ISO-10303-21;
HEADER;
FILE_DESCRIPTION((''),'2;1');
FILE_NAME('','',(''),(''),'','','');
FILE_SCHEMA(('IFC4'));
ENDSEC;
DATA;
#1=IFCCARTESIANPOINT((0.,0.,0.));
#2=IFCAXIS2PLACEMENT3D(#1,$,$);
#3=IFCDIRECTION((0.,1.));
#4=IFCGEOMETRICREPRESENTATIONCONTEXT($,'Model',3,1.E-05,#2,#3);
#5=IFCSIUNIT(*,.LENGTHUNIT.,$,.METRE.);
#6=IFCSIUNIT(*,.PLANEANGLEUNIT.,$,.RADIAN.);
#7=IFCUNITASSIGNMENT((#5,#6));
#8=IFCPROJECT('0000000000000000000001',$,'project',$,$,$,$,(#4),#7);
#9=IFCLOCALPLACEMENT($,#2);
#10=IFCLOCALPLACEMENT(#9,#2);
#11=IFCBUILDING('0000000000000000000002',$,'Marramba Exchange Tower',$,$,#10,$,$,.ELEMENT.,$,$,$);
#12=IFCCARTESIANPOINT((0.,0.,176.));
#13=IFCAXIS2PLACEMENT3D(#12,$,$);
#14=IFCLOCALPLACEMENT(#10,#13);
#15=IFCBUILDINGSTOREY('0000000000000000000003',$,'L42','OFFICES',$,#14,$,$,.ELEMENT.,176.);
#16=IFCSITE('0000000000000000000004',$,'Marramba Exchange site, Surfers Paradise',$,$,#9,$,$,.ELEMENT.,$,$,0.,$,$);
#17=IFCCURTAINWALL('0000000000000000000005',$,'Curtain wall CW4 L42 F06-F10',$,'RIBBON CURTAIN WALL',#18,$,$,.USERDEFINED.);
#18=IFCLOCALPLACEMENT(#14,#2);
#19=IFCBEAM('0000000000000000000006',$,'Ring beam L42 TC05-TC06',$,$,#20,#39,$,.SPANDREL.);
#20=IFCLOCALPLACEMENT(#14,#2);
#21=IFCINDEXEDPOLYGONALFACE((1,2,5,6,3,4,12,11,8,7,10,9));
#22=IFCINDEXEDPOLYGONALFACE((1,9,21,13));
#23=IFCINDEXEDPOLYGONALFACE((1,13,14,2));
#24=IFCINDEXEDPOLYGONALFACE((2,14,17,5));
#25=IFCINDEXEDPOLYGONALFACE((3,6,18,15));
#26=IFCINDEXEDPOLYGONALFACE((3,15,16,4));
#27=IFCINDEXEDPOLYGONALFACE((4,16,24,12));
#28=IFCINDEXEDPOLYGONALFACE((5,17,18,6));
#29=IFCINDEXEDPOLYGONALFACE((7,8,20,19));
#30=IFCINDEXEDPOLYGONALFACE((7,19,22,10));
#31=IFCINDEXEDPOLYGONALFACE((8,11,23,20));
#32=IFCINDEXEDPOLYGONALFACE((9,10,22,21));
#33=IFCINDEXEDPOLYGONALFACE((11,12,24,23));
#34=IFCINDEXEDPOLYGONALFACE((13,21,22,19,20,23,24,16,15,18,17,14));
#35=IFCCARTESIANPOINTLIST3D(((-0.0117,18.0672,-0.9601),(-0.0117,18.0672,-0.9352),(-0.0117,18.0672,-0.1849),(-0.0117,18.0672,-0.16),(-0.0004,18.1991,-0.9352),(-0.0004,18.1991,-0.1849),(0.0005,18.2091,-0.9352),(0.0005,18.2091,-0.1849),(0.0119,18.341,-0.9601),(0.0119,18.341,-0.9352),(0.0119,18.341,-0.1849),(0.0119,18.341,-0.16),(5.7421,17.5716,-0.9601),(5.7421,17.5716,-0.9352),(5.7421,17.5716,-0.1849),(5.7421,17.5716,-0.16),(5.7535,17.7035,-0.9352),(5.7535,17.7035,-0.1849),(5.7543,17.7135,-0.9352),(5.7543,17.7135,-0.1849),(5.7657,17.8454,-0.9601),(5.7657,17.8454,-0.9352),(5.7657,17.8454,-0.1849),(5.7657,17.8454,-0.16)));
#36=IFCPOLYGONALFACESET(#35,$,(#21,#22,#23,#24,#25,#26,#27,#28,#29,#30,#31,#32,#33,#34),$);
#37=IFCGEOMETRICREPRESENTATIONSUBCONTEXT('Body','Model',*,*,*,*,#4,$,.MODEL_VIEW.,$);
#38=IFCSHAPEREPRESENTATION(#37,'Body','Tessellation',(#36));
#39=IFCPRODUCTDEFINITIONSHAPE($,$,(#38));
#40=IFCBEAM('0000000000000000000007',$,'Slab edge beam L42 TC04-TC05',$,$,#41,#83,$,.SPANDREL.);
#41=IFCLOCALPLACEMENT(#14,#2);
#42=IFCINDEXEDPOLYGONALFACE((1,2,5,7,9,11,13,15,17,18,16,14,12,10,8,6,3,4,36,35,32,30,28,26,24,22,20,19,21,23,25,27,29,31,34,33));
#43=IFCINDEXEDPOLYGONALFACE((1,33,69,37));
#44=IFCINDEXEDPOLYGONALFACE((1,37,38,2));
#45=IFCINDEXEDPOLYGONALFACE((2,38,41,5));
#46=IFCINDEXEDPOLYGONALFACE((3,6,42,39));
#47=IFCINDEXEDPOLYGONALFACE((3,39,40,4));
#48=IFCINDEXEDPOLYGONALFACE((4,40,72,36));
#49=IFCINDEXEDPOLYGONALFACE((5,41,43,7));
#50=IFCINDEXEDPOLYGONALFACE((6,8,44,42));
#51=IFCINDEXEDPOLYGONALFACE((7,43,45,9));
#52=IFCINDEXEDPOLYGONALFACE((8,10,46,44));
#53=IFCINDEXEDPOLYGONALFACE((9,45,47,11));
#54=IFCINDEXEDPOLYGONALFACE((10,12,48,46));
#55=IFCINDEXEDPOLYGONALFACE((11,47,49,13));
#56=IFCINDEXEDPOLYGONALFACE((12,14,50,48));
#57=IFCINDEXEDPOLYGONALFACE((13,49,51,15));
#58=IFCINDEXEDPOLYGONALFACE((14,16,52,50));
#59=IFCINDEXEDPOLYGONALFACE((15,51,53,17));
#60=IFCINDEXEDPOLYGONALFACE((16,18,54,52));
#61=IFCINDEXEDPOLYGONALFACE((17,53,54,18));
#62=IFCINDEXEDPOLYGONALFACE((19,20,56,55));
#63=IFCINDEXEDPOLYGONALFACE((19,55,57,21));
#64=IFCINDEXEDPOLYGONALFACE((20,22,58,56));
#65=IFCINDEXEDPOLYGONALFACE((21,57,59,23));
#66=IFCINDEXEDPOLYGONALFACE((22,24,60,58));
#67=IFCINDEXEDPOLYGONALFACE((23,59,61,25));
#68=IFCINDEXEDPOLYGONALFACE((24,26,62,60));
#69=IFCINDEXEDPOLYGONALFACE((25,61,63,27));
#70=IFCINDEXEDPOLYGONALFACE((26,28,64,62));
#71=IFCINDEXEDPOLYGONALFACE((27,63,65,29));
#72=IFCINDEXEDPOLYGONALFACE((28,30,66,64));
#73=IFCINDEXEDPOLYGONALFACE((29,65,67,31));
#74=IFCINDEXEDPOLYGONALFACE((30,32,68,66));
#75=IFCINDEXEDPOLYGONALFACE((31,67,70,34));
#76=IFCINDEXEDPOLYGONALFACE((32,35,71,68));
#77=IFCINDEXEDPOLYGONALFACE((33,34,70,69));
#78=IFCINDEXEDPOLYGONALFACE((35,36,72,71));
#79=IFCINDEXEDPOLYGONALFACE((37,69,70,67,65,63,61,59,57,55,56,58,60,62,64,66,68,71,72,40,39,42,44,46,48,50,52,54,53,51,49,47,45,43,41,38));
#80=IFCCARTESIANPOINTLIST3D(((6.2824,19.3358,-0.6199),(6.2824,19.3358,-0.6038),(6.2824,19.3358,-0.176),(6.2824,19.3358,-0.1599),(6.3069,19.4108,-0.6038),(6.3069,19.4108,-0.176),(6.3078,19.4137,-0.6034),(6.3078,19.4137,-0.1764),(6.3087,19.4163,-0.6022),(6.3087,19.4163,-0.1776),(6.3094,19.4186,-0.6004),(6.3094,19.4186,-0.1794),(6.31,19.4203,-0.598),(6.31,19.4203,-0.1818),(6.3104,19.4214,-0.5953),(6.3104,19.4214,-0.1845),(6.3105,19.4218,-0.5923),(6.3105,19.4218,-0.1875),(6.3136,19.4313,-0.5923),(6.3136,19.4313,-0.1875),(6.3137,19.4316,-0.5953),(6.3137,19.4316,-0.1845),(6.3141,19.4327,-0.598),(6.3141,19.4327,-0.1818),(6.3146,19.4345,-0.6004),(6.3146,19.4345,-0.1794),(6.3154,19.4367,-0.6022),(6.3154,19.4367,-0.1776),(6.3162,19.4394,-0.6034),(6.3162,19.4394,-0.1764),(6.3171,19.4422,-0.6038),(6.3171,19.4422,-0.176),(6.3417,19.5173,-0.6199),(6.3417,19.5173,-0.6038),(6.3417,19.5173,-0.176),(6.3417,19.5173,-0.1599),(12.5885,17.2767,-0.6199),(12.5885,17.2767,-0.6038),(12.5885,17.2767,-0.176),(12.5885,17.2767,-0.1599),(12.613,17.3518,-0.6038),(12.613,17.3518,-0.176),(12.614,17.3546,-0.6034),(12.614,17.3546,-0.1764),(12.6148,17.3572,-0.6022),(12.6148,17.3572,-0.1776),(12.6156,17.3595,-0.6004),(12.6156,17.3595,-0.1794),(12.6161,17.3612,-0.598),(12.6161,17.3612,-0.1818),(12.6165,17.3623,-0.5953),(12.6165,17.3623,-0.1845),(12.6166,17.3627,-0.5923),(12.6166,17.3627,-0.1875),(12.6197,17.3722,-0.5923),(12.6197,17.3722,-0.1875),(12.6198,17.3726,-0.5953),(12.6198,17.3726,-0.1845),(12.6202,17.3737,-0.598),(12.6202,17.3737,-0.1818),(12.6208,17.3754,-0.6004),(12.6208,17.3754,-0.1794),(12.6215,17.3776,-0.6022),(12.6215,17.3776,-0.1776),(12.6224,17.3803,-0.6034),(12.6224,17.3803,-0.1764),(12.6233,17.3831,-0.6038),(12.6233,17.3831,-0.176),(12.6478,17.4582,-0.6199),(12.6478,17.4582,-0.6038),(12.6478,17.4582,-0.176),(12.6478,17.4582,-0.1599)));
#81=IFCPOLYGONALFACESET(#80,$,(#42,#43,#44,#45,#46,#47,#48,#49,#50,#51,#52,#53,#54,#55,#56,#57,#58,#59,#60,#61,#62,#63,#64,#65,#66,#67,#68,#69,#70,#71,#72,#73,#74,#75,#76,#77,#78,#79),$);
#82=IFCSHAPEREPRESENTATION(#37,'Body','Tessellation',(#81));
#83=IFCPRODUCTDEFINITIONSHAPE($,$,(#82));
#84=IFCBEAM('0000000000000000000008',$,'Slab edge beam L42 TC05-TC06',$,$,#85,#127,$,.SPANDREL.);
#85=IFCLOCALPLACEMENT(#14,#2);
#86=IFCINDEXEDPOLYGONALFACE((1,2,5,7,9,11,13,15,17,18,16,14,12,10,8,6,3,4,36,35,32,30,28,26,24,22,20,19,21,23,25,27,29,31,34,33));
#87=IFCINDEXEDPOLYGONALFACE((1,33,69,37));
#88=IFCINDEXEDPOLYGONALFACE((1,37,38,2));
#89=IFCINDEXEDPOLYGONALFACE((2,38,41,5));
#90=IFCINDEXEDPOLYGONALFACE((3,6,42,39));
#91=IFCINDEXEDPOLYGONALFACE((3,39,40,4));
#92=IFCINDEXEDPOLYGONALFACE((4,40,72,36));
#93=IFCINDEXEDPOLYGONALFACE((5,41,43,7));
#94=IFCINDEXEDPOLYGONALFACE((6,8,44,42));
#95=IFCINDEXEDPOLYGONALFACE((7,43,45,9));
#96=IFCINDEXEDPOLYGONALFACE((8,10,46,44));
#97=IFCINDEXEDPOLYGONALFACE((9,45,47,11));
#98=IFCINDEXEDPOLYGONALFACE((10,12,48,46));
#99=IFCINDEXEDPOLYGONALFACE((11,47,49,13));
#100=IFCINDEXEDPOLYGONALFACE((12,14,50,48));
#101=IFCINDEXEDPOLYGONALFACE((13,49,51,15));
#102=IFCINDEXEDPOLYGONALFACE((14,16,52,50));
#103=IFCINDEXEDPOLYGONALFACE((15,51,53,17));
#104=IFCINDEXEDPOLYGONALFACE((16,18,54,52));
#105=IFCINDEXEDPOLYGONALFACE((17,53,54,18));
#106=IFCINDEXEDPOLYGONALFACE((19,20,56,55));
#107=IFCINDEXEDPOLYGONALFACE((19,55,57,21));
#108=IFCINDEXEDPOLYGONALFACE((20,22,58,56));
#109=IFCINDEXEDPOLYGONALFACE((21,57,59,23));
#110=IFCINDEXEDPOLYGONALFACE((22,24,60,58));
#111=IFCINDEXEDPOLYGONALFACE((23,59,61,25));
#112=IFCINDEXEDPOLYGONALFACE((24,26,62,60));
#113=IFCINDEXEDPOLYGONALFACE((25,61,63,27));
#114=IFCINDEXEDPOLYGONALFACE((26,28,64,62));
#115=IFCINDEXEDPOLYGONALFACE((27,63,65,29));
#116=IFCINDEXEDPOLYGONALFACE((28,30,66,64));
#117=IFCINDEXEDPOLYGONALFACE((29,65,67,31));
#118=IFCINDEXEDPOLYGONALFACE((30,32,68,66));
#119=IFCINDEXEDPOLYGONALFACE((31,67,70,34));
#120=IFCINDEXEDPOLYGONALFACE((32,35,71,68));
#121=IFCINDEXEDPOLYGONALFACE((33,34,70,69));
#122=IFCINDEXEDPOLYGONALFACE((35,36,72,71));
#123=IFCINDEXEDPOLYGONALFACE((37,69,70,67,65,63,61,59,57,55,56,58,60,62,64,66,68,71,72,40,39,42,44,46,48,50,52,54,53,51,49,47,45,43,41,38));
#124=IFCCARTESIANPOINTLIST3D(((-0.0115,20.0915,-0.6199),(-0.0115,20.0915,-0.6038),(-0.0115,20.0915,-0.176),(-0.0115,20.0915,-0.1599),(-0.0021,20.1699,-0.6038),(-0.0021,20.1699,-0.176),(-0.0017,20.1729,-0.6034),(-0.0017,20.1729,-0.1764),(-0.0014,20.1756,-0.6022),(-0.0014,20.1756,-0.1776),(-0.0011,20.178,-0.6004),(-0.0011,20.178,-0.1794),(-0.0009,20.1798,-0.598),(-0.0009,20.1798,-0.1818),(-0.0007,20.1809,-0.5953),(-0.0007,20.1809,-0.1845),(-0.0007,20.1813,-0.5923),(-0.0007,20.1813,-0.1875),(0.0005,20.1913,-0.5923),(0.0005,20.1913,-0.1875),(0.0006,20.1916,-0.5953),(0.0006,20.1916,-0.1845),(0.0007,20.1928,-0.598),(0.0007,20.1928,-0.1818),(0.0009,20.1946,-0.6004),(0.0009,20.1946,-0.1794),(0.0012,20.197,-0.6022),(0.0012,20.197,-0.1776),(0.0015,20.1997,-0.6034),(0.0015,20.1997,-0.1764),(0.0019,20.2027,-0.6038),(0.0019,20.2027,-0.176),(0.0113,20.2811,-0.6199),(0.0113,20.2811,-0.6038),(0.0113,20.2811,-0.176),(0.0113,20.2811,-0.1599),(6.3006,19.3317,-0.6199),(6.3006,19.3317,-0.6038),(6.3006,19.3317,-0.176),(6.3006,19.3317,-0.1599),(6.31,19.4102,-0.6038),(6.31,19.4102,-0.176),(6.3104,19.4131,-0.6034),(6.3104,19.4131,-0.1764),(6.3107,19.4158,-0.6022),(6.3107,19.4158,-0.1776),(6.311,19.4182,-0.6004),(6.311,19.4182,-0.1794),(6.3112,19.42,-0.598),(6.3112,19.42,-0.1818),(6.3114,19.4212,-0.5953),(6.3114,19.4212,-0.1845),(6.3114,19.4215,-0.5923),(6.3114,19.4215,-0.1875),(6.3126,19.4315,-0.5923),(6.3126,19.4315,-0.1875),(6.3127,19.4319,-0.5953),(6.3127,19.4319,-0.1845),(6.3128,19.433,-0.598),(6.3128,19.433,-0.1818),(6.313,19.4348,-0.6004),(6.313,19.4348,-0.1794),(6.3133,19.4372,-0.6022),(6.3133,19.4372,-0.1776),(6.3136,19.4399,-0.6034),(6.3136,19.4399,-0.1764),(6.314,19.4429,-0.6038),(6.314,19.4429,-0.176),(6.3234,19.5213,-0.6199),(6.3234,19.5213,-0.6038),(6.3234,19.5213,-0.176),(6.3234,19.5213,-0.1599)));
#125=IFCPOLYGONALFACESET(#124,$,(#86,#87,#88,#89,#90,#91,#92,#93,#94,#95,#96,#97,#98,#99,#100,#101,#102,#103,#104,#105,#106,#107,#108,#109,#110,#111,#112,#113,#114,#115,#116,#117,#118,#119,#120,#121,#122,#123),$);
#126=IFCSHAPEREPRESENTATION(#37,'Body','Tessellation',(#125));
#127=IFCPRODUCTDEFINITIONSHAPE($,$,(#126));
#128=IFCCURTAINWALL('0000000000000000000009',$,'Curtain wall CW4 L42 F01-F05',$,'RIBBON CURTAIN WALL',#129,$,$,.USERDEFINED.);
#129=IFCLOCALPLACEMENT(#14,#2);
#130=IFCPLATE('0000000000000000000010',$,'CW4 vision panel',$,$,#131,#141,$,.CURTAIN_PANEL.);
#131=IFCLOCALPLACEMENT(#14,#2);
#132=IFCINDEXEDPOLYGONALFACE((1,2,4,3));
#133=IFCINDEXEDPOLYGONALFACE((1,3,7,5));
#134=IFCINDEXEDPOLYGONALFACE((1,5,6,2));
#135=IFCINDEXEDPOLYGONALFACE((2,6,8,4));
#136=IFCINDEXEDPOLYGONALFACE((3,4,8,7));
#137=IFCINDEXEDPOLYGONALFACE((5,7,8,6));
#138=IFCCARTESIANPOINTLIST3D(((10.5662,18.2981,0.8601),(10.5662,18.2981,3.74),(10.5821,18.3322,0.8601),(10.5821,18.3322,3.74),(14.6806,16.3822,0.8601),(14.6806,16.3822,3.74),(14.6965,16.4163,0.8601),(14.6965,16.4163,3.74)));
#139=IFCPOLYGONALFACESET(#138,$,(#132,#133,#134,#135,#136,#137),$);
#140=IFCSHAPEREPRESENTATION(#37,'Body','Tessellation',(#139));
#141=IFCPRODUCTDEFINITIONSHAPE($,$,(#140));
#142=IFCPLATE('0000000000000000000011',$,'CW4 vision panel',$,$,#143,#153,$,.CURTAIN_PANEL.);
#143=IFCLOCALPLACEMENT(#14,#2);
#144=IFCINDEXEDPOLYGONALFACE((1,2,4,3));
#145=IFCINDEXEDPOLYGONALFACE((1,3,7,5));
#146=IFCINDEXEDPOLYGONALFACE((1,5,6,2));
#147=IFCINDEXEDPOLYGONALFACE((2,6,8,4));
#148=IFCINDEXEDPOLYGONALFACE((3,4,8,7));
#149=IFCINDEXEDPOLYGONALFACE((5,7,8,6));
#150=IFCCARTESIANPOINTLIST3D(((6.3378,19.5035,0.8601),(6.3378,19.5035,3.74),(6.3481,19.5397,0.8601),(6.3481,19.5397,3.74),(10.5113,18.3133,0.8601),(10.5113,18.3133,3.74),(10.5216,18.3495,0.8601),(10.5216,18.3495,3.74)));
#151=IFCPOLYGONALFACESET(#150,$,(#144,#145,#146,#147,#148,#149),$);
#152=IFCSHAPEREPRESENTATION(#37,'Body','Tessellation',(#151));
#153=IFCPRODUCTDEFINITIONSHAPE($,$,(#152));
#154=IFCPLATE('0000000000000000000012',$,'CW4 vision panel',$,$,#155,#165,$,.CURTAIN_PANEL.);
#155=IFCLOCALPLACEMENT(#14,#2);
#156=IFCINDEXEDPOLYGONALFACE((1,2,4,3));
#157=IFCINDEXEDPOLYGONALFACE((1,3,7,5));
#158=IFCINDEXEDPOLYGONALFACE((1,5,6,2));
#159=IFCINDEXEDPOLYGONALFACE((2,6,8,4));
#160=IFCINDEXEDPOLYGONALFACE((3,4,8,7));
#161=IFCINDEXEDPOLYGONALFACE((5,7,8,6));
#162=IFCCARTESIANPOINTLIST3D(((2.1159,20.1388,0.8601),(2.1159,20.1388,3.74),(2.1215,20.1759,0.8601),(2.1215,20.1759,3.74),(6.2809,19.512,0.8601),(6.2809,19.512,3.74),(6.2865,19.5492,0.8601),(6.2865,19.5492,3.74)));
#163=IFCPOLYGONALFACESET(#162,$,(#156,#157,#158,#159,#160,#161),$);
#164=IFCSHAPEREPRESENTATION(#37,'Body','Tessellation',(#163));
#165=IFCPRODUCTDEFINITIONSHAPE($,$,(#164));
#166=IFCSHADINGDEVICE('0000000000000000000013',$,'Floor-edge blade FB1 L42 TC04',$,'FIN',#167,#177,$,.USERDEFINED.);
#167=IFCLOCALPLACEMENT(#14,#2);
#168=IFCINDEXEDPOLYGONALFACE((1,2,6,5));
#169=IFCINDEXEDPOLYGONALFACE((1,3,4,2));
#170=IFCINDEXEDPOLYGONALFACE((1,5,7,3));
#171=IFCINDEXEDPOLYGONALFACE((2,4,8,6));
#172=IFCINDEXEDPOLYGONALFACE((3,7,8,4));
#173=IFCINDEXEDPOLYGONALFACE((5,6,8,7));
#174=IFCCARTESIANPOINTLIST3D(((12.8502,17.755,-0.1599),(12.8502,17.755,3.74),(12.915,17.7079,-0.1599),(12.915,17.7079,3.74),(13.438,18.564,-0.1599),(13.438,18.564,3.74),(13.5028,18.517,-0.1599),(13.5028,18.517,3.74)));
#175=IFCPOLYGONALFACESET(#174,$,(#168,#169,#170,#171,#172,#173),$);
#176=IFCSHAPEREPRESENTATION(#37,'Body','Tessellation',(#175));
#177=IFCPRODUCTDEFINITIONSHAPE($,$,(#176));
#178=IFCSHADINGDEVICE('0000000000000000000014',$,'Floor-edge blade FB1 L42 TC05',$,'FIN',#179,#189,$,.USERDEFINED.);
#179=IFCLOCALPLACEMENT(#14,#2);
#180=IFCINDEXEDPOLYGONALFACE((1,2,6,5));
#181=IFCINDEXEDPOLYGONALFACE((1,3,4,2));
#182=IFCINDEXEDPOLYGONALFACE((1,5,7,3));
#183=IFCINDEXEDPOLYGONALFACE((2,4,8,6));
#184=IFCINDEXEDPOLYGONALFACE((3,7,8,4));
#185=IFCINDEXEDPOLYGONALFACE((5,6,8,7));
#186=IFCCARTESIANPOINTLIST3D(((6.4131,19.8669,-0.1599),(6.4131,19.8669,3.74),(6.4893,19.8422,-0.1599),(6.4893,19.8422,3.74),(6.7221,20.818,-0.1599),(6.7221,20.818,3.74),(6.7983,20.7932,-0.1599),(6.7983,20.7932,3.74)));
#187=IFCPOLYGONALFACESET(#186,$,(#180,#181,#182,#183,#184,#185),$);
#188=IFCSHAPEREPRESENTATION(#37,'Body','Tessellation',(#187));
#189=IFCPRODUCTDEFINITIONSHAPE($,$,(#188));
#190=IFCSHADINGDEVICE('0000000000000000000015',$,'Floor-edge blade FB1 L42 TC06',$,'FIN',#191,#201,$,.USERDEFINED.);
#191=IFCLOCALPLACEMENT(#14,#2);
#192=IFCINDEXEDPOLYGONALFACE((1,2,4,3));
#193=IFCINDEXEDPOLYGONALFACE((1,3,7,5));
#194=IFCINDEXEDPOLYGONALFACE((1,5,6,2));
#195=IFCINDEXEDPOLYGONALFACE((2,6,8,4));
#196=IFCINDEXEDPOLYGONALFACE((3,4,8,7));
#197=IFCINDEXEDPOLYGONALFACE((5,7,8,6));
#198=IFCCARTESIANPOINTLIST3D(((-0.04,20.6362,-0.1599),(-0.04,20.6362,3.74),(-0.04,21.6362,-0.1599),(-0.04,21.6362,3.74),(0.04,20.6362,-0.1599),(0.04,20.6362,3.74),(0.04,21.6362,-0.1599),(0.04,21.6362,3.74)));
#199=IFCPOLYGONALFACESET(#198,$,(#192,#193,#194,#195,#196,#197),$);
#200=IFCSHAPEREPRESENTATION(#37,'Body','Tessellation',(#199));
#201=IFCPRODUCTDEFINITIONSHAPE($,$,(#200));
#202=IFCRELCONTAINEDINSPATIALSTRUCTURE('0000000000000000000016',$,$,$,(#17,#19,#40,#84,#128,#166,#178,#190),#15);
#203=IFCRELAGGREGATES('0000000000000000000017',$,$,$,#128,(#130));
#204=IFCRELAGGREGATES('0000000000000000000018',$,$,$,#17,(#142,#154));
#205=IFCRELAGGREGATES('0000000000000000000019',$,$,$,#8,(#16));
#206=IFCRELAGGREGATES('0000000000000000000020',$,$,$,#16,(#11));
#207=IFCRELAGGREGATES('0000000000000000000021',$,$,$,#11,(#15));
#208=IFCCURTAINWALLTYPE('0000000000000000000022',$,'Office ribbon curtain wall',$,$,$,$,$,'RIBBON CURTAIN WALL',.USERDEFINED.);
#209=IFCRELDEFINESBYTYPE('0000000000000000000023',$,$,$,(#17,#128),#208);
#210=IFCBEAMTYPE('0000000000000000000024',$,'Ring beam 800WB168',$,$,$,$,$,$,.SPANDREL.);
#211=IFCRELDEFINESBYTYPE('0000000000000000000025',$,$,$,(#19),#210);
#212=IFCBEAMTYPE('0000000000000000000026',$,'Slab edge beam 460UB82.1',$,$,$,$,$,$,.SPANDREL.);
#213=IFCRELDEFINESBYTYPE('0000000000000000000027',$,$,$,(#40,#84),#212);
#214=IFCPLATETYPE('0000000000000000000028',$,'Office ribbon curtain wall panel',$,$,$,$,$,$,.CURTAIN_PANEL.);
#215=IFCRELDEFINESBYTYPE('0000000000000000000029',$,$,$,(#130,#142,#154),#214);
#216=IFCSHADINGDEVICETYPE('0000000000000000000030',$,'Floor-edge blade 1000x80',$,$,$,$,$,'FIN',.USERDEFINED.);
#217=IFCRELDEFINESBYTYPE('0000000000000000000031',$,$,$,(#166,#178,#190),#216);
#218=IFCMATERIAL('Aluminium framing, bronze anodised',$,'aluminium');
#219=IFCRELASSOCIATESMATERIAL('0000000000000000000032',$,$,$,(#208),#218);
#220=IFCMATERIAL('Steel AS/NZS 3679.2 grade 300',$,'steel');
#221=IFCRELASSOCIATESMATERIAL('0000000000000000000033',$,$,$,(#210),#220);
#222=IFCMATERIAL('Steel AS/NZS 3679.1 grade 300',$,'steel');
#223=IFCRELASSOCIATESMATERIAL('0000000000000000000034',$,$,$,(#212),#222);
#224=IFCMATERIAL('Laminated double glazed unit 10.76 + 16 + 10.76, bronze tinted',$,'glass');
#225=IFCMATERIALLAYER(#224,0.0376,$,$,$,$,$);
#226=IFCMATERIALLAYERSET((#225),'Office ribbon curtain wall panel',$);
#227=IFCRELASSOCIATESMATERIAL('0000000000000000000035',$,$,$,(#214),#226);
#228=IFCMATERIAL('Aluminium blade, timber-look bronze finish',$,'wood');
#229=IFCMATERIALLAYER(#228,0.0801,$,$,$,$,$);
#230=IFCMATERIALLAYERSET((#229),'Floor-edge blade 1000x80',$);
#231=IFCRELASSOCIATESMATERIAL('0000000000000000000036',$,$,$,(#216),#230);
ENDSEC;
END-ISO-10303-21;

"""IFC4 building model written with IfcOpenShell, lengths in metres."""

from ifc_helpers import new_model, si_unit, direction, frame, origin, origin_2d, place, context, subcontext, project, spatial, rectangle, i_section, extrude, material, layer, layer_set, material_profile, profile_set, type_object, element, aggregate, save


model = new_model("IFC4")

# Units and contexts
model_context = context("Model", 3, precision=1e-05, world=origin(), true_north=direction((0.0, 1.0)))
body_context = subcontext(model_context, "Body", "Model", "MODEL_VIEW")
ifc_project = project(units=[si_unit("LENGTHUNIT", "METRE"), si_unit("PLANEANGLEUNIT", "RADIAN")], contexts=[model_context])

# Site, building, storey
site_placement = place(None, origin())
site = spatial("IfcSite", under=ifc_project, at=site_placement, Name="Marramba Exchange site, Surfers Paradise", CompositionType="ELEMENT", RefElevation=0.0)
building_placement = place(site_placement, origin())
building = spatial("IfcBuilding", under=site, at=building_placement, Name="Marramba Exchange Tower", CompositionType="ELEMENT")
storey_placement = place(building_placement, frame((0.0, 0.0, 176.0)))
storey = spatial("IfcBuildingStorey", under=building, at=storey_placement, Name="L42", Description="OFFICES", CompositionType="ELEMENT", Elevation=176.0)

# Shared definitions
ifc_material_1 = material(Name="Steel AS/NZS 3679.2 grade 300", Category="steel")

# Curtain wall
ifc_material_2 = material(Name="Aluminium framing, bronze anodised", Category="aluminium")
curtain_wall_type = type_object("IfcCurtainWallType", Name="Office ribbon curtain wall", ElementType="RIBBON CURTAIN WALL", PredefinedType="USERDEFINED", material=ifc_material_2)
curtain_wall_1_placement = place(storey_placement, origin())
curtain_wall_1 = element("IfcCurtainWall", 1, at=curtain_wall_1_placement, inside=storey, type_object=curtain_wall_type, Name="Curtain wall CW4 L42 F06-F10", ObjectType="RIBBON CURTAIN WALL", PredefinedType="USERDEFINED")

# Beams
ifc_material_profile_1 = material_profile(ifc_material_1, i_section(OverallWidth=0.2749, OverallDepth=0.8, WebThickness=0.01, FlangeThickness=0.0249, at=origin_2d()), Name="800WB168")
ifc_profile_set_1 = profile_set([ifc_material_profile_1], Name="Steel AS/NZS 3679.2 grade 300")
beam_type_1 = type_object("IfcBeamType", Name="Ring beam 800WB168", PredefinedType="SPANDREL", material=ifc_profile_set_1)
beam_1_placement = place(storey_placement, frame((5.7539, 17.7085, -0.5601), z_axis=(-0.996311, 0.085816, 0.0), x_axis=(-0.085816, -0.996311, 0.0)))
element("IfcBeam", 2, at=beam_1_placement, inside=storey, type_object=beam_type_1, Name="Ring beam L42 TC05-TC06", PredefinedType="SPANDREL", context=body_context, shape_type="SweptSolid", body=[
    extrude(i_section(OverallWidth=0.2749, OverallDepth=0.8, WebThickness=0.01, FlangeThickness=0.0249, at=origin_2d()), origin(), (0.0, 0.0, 1.0), 5.7751),
])
ifc_material_3 = material(Name="Steel AS/NZS 3679.1 grade 300", Category="steel")
ifc_material_profile_2 = material_profile(ifc_material_3, i_section(OverallWidth=0.1909, OverallDepth=0.46, WebThickness=0.01, FlangeThickness=0.0161, FilletRadius=0.0115, at=origin_2d()), Name="460UB82.1")
ifc_profile_set_2 = profile_set([ifc_material_profile_2], Name="Steel AS/NZS 3679.1 grade 300")
beam_type_2 = type_object("IfcBeamType", Name="Slab edge beam 460UB82.1", PredefinedType="SPANDREL", material=ifc_profile_set_2)
beam_2_placement = place(storey_placement, frame((12.6182, 17.3674, -0.3899), z_axis=(-0.950609, 0.310392, 0.0), x_axis=(-0.310392, -0.950609, 0.0)))
element("IfcBeam", 3, at=beam_2_placement, inside=storey, type_object=beam_type_2, Name="Slab edge beam L42 TC04-TC05", PredefinedType="SPANDREL", context=body_context, shape_type="SweptSolid", body=[
    extrude(i_section(OverallWidth=0.1909, OverallDepth=0.46, WebThickness=0.01, FlangeThickness=0.0161, FilletRadius=0.0115, at=origin_2d()), origin(), (0.0, 0.0, 1.0), 6.6338),
])
beam_3_placement = place(storey_placement, frame((6.312, 19.4265, -0.3899), z_axis=(-0.992834, 0.119506, 0.0), x_axis=(-0.119506, -0.992834, 0.0)))
element("IfcBeam", 4, at=beam_3_placement, inside=storey, type_object=beam_type_2, Name="Slab edge beam L42 TC05-TC06", PredefinedType="SPANDREL", context=body_context, shape_type="SweptSolid", body=[
    extrude(i_section(OverallWidth=0.1909, OverallDepth=0.46, WebThickness=0.01, FlangeThickness=0.0161, FilletRadius=0.0115, at=origin_2d()), origin(), (0.0, 0.0, 1.0), 6.3577),
])

# Curtain wall, plate
curtain_wall_2_placement = place(storey_placement, origin())
curtain_wall_2 = element("IfcCurtainWall", 5, at=curtain_wall_2_placement, inside=storey, type_object=curtain_wall_type, Name="Curtain wall CW4 L42 F01-F05", ObjectType="RIBBON CURTAIN WALL", PredefinedType="USERDEFINED")
ifc_material_4 = material(Name="Laminated double glazed unit 10.76 + 16 + 10.76, bronze tinted", Category="glass")
ifc_layer_1 = layer(ifc_material_4, 0.0376)
ifc_layer_set_1 = layer_set([ifc_layer_1], Name="Office ribbon curtain wall panel")
plate_type = type_object("IfcPlateType", Name="Office ribbon curtain wall panel", PredefinedType="CURTAIN_PANEL", material=ifc_layer_set_1)
plate_1_placement = place(storey_placement, frame((12.6313, 17.3572, 0.8601), z_axis=(0.0, 0.0, 1.0), x_axis=(-0.906534, 0.422133, 0.0)))
plate_1 = element("IfcPlate", 6, at=plate_1_placement, type_object=plate_type, Name="CW4 vision panel", PredefinedType="CURTAIN_PANEL", context=body_context, shape_type="SweptSolid", body=[
    extrude(rectangle(XDim=4.5386, YDim=0.0376, at=origin_2d()), origin(), (0.0, 0.0, 1.0), 2.8799),
])
aggregate(curtain_wall_2, [plate_1])

# Plates
plate_2_placement = place(storey_placement, frame((8.4297, 18.9265, 0.8601), z_axis=(0.0, 0.0, 1.0), x_axis=(-0.961659, 0.274248, 0.0)))
plate_2 = element("IfcPlate", 7, at=plate_2_placement, type_object=plate_type, Name="CW4 vision panel", PredefinedType="CURTAIN_PANEL", context=body_context, shape_type="SweptSolid", body=[
    extrude(rectangle(XDim=4.3398, YDim=0.0376, at=origin_2d()), origin(), (0.0, 0.0, 1.0), 2.8799),
])
plate_3_placement = place(storey_placement, frame((4.2012, 19.844, 0.8601), z_axis=(0.0, 0.0, 1.0), x_axis=(-0.988868, 0.148795, 0.0)))
plate_3 = element("IfcPlate", 8, at=plate_3_placement, type_object=plate_type, Name="CW4 vision panel", PredefinedType="CURTAIN_PANEL", context=body_context, shape_type="SweptSolid", body=[
    extrude(rectangle(XDim=4.2119, YDim=0.0376, at=origin_2d()), origin(), (0.0, 0.0, 1.0), 2.8799),
])
aggregate(curtain_wall_1, [plate_2, plate_3])

# Shading devices
ifc_material_5 = material(Name="Aluminium blade, timber-look bronze finish", Category="wood")
ifc_layer_2 = layer(ifc_material_5, 0.0801)
ifc_layer_set_2 = layer_set([ifc_layer_2], Name="Floor-edge blade 1000x80")
shading_device_type_1 = type_object("IfcShadingDeviceType", Name="Floor-edge blade 1000x80", ElementType="FIN", PredefinedType="USERDEFINED", material=ifc_layer_set_2)
for number, where, z_axis, x_axis, name in (
    (9, (13.1765, 18.136, -0.1599), (0.0, 0.0, 1.0), (0.587785, 0.809017, 0.0), "Floor-edge blade FB1 L42 TC04"),
    (10, (6.6057, 20.3301, -0.1599), (0.0, 0.0, 1.0), (0.309017, 0.951057, 0.0), "Floor-edge blade FB1 L42 TC05"),
    (11, (0.0, 21.1362, -0.1599), (0.0, 0.0, 1.0), (0.0, 1.0, 0.0), "Floor-edge blade FB1 L42 TC06"),
):
    element("IfcShadingDevice", number, at=place(storey_placement, frame(where, z_axis=z_axis, x_axis=x_axis)), inside=storey, type_object=shading_device_type_1, Name=name, ObjectType="FIN", PredefinedType="USERDEFINED", context=body_context, shape_type="SweptSolid", body=[
        extrude(rectangle(XDim=1.0, YDim=0.0801, at=origin_2d()), origin(), (0.0, 0.0, 1.0), 3.8999),
    ])

save(model, "model.ifc")
